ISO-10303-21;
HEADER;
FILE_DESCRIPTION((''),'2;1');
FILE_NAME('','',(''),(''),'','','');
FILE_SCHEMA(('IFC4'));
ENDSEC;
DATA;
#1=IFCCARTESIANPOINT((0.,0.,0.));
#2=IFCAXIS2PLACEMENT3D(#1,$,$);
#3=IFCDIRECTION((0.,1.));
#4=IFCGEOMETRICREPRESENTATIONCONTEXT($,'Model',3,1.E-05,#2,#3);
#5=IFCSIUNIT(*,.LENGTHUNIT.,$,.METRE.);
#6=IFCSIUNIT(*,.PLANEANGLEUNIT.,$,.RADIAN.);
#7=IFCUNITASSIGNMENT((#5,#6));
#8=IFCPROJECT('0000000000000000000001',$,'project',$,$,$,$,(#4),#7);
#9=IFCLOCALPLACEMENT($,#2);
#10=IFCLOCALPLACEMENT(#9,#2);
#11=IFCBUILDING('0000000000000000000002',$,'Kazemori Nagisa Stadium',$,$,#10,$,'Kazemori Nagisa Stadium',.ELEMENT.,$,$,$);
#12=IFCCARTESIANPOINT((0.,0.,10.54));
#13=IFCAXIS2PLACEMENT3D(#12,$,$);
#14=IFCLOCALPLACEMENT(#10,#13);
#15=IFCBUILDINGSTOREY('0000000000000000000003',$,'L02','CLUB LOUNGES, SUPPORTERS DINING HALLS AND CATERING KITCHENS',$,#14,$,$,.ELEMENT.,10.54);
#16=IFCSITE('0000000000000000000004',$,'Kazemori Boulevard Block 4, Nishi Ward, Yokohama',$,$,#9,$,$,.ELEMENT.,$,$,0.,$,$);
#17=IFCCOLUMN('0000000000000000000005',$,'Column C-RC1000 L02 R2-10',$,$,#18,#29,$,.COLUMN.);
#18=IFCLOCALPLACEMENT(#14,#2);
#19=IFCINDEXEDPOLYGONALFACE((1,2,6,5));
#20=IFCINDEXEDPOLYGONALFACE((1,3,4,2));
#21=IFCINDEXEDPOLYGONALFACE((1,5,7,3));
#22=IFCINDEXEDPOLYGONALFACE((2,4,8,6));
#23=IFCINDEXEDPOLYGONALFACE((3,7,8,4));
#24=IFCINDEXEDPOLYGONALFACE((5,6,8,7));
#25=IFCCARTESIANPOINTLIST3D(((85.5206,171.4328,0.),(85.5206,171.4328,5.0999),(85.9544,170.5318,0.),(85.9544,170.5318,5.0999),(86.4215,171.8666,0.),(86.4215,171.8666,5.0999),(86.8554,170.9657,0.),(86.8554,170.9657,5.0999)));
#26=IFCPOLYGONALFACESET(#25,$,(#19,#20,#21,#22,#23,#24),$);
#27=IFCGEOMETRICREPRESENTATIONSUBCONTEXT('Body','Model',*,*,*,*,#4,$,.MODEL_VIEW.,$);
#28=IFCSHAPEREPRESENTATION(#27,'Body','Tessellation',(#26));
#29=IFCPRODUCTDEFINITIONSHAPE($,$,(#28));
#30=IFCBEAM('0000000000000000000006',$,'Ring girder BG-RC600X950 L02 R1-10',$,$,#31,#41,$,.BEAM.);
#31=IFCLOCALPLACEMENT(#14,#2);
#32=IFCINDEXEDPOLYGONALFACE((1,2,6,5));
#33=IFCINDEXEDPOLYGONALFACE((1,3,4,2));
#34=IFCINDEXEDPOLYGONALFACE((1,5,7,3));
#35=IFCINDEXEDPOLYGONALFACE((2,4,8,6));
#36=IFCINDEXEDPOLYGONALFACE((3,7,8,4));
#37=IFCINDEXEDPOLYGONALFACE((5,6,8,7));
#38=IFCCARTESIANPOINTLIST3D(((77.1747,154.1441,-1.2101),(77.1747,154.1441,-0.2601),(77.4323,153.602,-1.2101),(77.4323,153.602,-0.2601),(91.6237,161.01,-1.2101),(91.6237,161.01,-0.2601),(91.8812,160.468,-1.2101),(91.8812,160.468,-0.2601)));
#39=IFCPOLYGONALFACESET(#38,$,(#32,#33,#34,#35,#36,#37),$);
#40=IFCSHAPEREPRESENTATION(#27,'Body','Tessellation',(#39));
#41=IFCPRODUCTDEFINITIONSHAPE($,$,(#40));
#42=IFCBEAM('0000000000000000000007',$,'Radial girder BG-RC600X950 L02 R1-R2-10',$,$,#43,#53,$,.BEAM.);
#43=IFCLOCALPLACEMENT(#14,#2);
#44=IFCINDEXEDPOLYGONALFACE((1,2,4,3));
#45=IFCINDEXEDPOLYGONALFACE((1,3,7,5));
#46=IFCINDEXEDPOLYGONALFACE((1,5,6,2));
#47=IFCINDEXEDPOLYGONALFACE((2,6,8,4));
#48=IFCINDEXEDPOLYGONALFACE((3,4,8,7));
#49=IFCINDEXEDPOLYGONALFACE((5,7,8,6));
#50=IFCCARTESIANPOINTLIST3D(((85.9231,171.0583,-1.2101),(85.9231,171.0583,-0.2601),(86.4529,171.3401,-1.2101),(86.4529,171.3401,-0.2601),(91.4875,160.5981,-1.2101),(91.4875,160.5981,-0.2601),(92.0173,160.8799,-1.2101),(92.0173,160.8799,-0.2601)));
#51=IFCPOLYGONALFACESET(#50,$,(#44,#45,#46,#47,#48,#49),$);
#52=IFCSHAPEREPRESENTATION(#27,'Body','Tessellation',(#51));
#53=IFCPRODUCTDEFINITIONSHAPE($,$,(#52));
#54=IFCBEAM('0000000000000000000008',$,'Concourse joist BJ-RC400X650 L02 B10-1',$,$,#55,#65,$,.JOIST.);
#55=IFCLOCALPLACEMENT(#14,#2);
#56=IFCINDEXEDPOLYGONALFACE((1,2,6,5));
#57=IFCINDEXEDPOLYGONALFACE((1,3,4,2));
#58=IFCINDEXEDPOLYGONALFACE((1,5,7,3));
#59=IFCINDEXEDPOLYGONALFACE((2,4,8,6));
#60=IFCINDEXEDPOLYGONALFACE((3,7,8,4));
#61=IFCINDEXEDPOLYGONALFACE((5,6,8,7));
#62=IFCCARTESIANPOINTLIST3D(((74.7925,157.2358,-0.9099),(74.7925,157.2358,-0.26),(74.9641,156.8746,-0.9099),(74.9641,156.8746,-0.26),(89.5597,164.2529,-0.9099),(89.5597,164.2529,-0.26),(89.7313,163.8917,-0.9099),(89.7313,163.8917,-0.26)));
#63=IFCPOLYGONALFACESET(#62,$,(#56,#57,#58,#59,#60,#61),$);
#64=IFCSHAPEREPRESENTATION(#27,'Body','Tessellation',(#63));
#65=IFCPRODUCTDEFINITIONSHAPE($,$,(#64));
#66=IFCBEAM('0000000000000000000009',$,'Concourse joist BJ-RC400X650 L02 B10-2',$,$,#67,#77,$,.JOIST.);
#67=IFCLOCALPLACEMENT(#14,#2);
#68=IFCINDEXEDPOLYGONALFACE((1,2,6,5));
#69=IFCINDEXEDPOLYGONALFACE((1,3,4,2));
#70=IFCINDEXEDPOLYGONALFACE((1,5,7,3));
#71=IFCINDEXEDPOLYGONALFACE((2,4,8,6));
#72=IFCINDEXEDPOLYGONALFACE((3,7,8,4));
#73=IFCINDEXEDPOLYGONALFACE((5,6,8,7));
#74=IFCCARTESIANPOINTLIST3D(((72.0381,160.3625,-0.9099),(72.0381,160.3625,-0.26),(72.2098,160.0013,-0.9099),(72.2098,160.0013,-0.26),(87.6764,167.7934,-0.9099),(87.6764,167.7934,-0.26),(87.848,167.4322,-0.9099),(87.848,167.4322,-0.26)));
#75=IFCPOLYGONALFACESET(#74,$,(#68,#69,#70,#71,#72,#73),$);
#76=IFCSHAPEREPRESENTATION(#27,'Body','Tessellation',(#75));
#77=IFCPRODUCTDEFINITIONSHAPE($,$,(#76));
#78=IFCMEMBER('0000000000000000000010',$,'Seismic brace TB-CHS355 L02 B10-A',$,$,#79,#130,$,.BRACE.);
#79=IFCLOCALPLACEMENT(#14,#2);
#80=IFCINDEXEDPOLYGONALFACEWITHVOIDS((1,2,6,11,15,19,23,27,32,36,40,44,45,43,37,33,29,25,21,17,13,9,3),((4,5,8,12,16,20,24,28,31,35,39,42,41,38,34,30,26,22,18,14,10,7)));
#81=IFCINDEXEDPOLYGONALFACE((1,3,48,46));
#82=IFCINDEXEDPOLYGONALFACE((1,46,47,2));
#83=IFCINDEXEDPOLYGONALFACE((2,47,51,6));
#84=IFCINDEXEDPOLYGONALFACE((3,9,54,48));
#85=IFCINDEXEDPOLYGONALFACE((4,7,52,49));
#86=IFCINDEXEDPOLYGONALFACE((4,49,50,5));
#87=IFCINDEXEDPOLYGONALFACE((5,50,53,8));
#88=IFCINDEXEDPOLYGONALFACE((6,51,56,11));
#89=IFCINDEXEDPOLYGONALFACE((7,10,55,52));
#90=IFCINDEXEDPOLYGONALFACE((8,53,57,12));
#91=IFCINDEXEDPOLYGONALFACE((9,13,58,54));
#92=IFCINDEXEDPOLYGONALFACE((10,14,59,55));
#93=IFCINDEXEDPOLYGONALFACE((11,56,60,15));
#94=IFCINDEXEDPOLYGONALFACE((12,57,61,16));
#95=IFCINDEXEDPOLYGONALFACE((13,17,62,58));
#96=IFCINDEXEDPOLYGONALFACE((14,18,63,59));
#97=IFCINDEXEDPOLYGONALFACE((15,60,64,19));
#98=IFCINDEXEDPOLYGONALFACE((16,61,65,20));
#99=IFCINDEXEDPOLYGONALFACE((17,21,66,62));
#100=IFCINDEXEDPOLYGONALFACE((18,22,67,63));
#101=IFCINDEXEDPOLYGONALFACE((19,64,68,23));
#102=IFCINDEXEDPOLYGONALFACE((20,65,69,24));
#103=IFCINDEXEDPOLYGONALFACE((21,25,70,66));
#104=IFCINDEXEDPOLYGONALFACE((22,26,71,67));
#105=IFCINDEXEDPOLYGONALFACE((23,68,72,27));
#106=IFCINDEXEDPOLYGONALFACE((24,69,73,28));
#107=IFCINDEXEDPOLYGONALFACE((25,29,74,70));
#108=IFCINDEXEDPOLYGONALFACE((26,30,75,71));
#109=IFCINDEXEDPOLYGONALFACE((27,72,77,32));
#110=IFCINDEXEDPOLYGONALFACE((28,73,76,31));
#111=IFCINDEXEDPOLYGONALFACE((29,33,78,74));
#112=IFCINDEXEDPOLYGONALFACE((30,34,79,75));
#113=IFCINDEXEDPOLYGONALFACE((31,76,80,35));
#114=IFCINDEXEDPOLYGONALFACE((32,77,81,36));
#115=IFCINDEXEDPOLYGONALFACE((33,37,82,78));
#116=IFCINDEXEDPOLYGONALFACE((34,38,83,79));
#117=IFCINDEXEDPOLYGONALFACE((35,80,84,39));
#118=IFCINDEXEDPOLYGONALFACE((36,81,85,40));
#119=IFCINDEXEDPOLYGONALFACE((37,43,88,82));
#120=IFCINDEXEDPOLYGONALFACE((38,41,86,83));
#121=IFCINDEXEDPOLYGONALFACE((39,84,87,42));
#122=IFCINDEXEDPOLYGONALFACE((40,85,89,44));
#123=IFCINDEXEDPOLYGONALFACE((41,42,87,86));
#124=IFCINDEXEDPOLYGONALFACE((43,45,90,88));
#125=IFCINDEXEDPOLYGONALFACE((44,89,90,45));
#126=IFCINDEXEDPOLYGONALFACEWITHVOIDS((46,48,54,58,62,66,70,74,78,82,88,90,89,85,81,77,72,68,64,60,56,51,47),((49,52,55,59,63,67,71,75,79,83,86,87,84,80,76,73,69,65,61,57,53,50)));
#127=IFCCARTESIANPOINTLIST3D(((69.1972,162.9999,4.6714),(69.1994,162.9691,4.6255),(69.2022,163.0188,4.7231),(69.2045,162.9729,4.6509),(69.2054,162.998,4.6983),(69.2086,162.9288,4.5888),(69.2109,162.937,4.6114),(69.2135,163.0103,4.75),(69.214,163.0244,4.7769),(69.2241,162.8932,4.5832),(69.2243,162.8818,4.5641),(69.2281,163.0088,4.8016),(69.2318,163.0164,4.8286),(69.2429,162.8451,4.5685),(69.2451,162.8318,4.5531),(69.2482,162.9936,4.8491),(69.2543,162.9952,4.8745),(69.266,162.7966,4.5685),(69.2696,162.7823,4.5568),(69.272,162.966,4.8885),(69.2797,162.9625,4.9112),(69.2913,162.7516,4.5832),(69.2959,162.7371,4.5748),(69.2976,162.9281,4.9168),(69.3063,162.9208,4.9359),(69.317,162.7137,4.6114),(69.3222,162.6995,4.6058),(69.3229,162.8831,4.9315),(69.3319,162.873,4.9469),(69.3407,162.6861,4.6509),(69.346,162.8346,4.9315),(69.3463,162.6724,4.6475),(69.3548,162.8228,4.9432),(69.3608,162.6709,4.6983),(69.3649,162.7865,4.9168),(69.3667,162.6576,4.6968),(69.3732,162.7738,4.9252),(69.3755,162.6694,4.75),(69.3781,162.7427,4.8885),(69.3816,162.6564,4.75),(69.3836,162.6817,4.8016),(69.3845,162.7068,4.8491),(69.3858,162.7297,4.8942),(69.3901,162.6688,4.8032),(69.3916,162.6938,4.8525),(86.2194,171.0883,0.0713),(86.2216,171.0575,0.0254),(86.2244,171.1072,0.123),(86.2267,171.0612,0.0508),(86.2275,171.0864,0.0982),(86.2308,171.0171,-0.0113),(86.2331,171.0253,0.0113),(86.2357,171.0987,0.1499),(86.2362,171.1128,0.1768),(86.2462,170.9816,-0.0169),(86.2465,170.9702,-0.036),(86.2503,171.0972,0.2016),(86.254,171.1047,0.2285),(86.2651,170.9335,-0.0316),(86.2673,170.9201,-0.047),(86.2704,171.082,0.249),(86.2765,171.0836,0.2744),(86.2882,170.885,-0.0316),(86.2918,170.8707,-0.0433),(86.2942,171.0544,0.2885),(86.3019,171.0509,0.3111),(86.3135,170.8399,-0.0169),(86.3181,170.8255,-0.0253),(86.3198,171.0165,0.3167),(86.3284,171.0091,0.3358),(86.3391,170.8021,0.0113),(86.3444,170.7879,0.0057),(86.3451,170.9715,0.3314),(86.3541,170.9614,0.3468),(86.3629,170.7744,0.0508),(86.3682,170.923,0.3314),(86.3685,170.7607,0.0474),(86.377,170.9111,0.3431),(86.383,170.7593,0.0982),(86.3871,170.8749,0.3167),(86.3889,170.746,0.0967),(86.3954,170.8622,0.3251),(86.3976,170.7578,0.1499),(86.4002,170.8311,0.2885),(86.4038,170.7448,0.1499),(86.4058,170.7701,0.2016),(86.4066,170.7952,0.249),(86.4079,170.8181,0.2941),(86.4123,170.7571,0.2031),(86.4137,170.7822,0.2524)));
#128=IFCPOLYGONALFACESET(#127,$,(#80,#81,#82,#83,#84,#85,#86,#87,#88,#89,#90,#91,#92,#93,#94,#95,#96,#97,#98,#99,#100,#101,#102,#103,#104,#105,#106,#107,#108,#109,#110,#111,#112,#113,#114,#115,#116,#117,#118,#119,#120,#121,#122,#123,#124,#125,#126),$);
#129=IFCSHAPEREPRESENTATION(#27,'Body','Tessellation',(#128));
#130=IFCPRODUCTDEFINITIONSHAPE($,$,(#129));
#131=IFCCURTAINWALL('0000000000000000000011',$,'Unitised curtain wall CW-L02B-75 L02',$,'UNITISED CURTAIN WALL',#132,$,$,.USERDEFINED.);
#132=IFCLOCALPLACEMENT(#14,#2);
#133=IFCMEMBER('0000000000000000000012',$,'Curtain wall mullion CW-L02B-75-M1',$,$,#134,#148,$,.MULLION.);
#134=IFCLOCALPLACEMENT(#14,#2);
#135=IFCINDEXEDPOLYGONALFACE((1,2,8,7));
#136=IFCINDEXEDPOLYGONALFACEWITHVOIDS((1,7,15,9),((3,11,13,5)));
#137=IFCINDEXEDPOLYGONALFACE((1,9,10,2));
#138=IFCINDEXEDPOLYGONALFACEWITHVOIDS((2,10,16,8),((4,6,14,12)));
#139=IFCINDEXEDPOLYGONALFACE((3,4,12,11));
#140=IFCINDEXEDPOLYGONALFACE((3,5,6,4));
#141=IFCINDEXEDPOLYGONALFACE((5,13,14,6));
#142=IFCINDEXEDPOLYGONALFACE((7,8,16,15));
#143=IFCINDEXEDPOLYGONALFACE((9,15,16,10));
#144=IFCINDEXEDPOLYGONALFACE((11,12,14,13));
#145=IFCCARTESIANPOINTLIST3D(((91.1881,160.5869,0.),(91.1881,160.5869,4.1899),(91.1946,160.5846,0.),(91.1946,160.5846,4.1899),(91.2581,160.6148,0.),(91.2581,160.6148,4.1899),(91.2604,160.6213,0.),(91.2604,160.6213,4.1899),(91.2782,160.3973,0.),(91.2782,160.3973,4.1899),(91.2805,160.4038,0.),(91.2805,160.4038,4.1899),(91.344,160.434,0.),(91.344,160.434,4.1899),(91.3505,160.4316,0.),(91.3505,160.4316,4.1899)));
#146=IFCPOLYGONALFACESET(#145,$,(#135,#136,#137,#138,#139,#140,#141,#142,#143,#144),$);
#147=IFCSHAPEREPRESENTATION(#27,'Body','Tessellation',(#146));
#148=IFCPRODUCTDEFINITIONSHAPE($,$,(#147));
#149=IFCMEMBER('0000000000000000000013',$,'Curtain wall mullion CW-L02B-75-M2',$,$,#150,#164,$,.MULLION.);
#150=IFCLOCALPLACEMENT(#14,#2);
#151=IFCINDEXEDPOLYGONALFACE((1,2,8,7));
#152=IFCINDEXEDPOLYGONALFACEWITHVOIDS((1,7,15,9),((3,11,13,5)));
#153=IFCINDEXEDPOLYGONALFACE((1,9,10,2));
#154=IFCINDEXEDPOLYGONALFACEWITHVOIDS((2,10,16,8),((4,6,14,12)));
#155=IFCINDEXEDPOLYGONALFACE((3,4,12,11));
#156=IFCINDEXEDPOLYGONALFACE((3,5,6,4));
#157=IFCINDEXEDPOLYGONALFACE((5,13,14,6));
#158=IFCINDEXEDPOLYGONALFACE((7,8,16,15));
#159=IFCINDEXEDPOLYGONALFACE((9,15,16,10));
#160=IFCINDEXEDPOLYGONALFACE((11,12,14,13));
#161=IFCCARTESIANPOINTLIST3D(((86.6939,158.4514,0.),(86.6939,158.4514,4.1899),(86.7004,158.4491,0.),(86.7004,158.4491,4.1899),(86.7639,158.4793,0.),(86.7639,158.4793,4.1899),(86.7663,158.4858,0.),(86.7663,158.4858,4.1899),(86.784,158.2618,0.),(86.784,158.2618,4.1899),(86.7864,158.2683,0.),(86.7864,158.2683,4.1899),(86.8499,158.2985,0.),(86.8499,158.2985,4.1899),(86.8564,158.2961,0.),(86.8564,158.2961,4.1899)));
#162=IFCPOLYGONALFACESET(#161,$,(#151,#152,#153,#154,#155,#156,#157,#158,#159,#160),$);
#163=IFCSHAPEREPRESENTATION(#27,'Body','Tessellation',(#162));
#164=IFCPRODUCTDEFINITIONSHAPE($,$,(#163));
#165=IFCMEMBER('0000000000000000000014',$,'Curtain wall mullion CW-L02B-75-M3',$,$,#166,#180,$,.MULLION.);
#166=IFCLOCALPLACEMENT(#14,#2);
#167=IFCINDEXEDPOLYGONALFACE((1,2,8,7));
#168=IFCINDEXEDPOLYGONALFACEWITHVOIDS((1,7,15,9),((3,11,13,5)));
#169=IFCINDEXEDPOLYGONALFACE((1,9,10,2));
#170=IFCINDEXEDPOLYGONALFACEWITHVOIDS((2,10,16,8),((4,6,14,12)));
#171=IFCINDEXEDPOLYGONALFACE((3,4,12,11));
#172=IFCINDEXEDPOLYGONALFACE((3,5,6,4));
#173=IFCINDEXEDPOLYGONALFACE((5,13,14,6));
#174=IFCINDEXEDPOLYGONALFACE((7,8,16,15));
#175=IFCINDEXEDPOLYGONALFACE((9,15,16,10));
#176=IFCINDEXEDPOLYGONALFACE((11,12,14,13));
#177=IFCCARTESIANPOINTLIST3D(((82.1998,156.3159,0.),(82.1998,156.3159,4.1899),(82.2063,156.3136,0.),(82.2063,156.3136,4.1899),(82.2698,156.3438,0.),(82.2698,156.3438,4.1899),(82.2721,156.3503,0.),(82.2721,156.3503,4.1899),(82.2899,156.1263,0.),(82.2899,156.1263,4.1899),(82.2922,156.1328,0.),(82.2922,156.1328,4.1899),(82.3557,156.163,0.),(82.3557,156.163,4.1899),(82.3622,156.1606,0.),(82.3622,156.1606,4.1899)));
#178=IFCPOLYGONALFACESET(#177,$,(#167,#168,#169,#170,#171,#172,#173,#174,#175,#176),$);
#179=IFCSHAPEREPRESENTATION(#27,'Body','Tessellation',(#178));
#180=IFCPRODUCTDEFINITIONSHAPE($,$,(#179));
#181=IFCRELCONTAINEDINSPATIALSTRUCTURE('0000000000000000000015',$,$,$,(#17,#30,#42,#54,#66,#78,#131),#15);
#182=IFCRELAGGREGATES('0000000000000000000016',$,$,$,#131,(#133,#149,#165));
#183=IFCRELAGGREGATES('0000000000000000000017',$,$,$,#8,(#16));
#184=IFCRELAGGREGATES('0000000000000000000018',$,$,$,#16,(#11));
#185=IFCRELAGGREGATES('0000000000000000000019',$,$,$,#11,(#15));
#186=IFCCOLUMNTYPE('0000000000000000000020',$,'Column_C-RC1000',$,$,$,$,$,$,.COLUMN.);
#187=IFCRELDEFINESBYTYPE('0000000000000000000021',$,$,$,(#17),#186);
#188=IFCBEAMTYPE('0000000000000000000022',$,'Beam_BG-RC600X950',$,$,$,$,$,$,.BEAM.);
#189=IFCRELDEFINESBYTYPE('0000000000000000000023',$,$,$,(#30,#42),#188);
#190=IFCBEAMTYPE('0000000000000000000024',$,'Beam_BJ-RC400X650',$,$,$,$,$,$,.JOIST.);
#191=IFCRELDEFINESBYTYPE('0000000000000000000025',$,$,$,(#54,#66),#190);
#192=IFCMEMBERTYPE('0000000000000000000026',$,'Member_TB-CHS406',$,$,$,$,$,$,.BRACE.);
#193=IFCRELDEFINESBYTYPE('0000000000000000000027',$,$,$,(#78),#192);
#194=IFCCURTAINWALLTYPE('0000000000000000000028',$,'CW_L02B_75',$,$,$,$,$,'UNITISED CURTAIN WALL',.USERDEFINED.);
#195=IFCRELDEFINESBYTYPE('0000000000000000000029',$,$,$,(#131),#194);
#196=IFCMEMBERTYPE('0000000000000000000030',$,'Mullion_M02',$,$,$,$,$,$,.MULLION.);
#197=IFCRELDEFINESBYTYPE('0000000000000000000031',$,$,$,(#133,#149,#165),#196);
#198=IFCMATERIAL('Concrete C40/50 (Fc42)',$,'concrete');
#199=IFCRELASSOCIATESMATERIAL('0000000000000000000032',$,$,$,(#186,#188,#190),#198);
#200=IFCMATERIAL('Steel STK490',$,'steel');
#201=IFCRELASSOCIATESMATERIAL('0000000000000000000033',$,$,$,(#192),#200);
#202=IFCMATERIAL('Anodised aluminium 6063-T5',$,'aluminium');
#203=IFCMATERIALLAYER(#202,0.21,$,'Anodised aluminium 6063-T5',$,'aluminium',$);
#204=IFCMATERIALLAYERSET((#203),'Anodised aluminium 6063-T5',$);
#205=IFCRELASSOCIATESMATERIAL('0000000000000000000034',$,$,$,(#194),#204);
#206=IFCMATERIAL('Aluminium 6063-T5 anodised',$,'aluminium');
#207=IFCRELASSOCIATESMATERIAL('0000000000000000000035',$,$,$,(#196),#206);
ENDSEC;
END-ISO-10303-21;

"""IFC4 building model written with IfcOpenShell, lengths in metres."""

from ifc_helpers import new_model, si_unit, direction, frame, origin, origin_2d, place, context, subcontext, project, spatial, rectangle, hollow_rectangle, hollow_circle, extrude, material, layer, layer_set, material_profile, profile_set, type_object, element, aggregate, save


model = new_model("IFC4")

# Units and contexts
model_context = context("Model", 3, precision=1e-05, world=origin(), true_north=direction((0.0, 1.0)))
body_context = subcontext(model_context, "Body", "Model", "MODEL_VIEW")
ifc_project = project(units=[si_unit("LENGTHUNIT", "METRE"), si_unit("PLANEANGLEUNIT", "RADIAN")], contexts=[model_context])

# Site, building, storey
site_placement = place(None, origin())
site = spatial("IfcSite", under=ifc_project, at=site_placement, Name="Kazemori Boulevard Block 4, Nishi Ward, Yokohama", CompositionType="ELEMENT", RefElevation=0.0)
building_placement = place(site_placement, origin())
building = spatial("IfcBuilding", under=site, at=building_placement, Name="Kazemori Nagisa Stadium", LongName="Kazemori Nagisa Stadium", CompositionType="ELEMENT")
storey_placement = place(building_placement, frame((0.0, 0.0, 10.54)))
storey = spatial("IfcBuildingStorey", under=building, at=storey_placement, Name="L02", Description="CLUB LOUNGES, SUPPORTERS DINING HALLS AND CATERING KITCHENS", CompositionType="ELEMENT", Elevation=10.54)

# Column
ifc_material_1 = material(Name="Concrete C40/50 (Fc42)", Category="concrete")
ifc_material_profile_1 = material_profile(ifc_material_1, rectangle(XDim=1.0, YDim=1.0, at=origin_2d()), Name="RC-COL-1000x1000")
ifc_profile_set_1 = profile_set([ifc_material_profile_1], Name="Concrete C40/50 (Fc42)")
column_type_1 = type_object("IfcColumnType", Name="Column_C-RC1000", PredefinedType="COLUMN", material=ifc_profile_set_1)
column_1_placement = place(storey_placement, frame((86.188, 171.1992, 0.0), z_axis=(0.0, 0.0, 1.0), x_axis=(-0.433884, 0.900969, 0.0)))
element("IfcColumn", 1, at=column_1_placement, inside=storey, type_object=column_type_1, Name="Column C-RC1000 L02 R2-10", PredefinedType="COLUMN", context=body_context, shape_type="SweptSolid", body=[
    extrude(rectangle(XDim=1.0, YDim=1.0, at=origin_2d()), origin(), (0.0, 0.0, 1.0), 5.0999),
])

# Beams
ifc_material_profile_2 = material_profile(ifc_material_1, rectangle(XDim=0.6001, YDim=0.95, at=origin_2d()), Name="RC-BM-600x950")
ifc_profile_set_2 = profile_set([ifc_material_profile_2], Name="Concrete C40/50 (Fc42)")
beam_type_1 = type_object("IfcBeamType", Name="Beam_BG-RC600X950", PredefinedType="BEAM", material=ifc_profile_set_2)
beam_1_placement = place(storey_placement, frame((91.7524, 160.739, -0.7351), z_axis=(-0.903212, -0.429195, 0.0), x_axis=(0.429195, -0.903212, 0.0)))
element("IfcBeam", 2, at=beam_1_placement, inside=storey, type_object=beam_type_1, Name="Ring girder BG-RC600X950 L02 R1-10", PredefinedType="BEAM", context=body_context, shape_type="SweptSolid", body=[
    extrude(rectangle(XDim=0.6001, YDim=0.95, at=origin_2d()), origin(), (0.0, 0.0, 1.0), 15.9973),
])
beam_2_placement = place(storey_placement, frame((91.7524, 160.739, -0.7351), z_axis=(-0.469647, 0.882854, 0.0), x_axis=(-0.882854, -0.469647, 0.0)))
element("IfcBeam", 3, at=beam_2_placement, inside=storey, type_object=beam_type_1, Name="Radial girder BG-RC600X950 L02 R1-R2-10", PredefinedType="BEAM", context=body_context, shape_type="SweptSolid", body=[
    extrude(rectangle(XDim=0.6001, YDim=0.95, at=origin_2d()), origin(), (0.0, 0.0, 1.0), 11.8481),
])
ifc_material_profile_3 = material_profile(ifc_material_1, rectangle(XDim=0.3999, YDim=0.6499, at=origin_2d()), Name="RC-BM-400x650")
ifc_profile_set_3 = profile_set([ifc_material_profile_3], Name="Concrete C40/50 (Fc42)")
beam_type_2 = type_object("IfcBeamType", Name="Beam_BJ-RC400X650", PredefinedType="JOIST", material=ifc_profile_set_3)
beam_3_placement = place(storey_placement, frame((89.6455, 164.0723, -0.585), z_axis=(-0.903216, -0.429187, 0.0), x_axis=(0.429187, -0.903216, 0.0)))
element("IfcBeam", 4, at=beam_3_placement, inside=storey, type_object=beam_type_2, Name="Concourse joist BJ-RC400X650 L02 B10-1", PredefinedType="JOIST", context=body_context, shape_type="SweptSolid", body=[
    extrude(rectangle(XDim=0.3999, YDim=0.6499, at=origin_2d()), origin(), (0.0, 0.0, 1.0), 16.3496),
])
beam_4_placement = place(storey_placement, frame((87.7622, 167.6128, -0.585), z_axis=(-0.903215, -0.429187, 0.0), x_axis=(0.429187, -0.903215, 0.0)))
element("IfcBeam", 5, at=beam_4_placement, inside=storey, type_object=beam_type_2, Name="Concourse joist BJ-RC400X650 L02 B10-2", PredefinedType="JOIST", context=body_context, shape_type="SweptSolid", body=[
    extrude(rectangle(XDim=0.3999, YDim=0.6499, at=origin_2d()), origin(), (0.0, 0.0, 1.0), 17.314),
])

# Member
ifc_material_2 = material(Name="Steel STK490", Category="steel")
ifc_material_profile_4 = material_profile(ifc_material_2, hollow_circle(Radius=0.2031, WallThickness=0.0144, at=origin_2d()), Name="CHS-406.4x14.3")
ifc_profile_set_4 = profile_set([ifc_material_profile_4], Name="Steel STK490")
member_type_1 = type_object("IfcMemberType", Name="Member_TB-CHS406", PredefinedType="BRACE", material=ifc_profile_set_4)
member_1_placement = place(storey_placement, frame((86.3167, 170.9282, 0.1499), z_axis=(-0.877459, -0.416939, 0.237125), x_axis=(0.429179, -0.903219, 0.0)))
element("IfcMember", 6, at=member_1_placement, inside=storey, type_object=member_type_1, Name="Seismic brace TB-CHS355 L02 B10-A", PredefinedType="BRACE", context=body_context, shape_type="SweptSolid", body=[
    extrude(hollow_circle(Radius=0.2031, WallThickness=0.0144, at=origin_2d()), origin(), (0.0, 0.0, 1.0), 19.3994),
])

# Curtain wall, members
ifc_material_3 = material(Name="Anodised aluminium 6063-T5", Category="aluminium")
ifc_layer_1 = layer(ifc_material_3, 0.21, Name="Anodised aluminium 6063-T5", Category="aluminium")
ifc_layer_set_1 = layer_set([ifc_layer_1], Name="Anodised aluminium 6063-T5")
curtain_wall_type = type_object("IfcCurtainWallType", Name="CW_L02B_75", ElementType="UNITISED CURTAIN WALL", PredefinedType="USERDEFINED", material=ifc_layer_set_1)
curtain_wall_placement = place(storey_placement, origin())
curtain_wall = element("IfcCurtainWall", 7, at=curtain_wall_placement, inside=storey, type_object=curtain_wall_type, Name="Unitised curtain wall CW-L02B-75 L02", ObjectType="UNITISED CURTAIN WALL", PredefinedType="USERDEFINED")
ifc_material_4 = material(Name="Aluminium 6063-T5 anodised", Category="aluminium")
ifc_material_profile_5 = material_profile(ifc_material_4, hollow_rectangle(XDim=0.0801, YDim=0.21, WallThickness=0.0049, at=origin_2d()), Name="ALU-MULL-80x210x5")
ifc_profile_set_5 = profile_set([ifc_material_profile_5], Name="Aluminium 6063-T5 anodised")
member_type_2 = type_object("IfcMemberType", Name="Mullion_M02", PredefinedType="MULLION", material=ifc_profile_set_5)
member_2_placement = place(storey_placement, frame((91.2693, 160.5093, 0.0), z_axis=(0.0, 0.0, 1.0), x_axis=(-0.903216, -0.429186, 0.0)))
member_2 = element("IfcMember", 8, at=member_2_placement, type_object=member_type_2, Name="Curtain wall mullion CW-L02B-75-M1", PredefinedType="MULLION", context=body_context, shape_type="SweptSolid", body=[
    extrude(hollow_rectangle(XDim=0.0801, YDim=0.21, WallThickness=0.0049, at=origin_2d()), origin(), (0.0, 0.0, 1.0), 4.1899),
])
member_3_placement = place(storey_placement, frame((86.7751, 158.3738, 0.0), z_axis=(0.0, 0.0, 1.0), x_axis=(-0.903216, -0.429186, 0.0)))
member_3 = element("IfcMember", 9, at=member_3_placement, type_object=member_type_2, Name="Curtain wall mullion CW-L02B-75-M2", PredefinedType="MULLION", context=body_context, shape_type="SweptSolid", body=[
    extrude(hollow_rectangle(XDim=0.0801, YDim=0.21, WallThickness=0.0049, at=origin_2d()), origin(), (0.0, 0.0, 1.0), 4.1899),
])
member_4_placement = place(storey_placement, frame((82.281, 156.2383, 0.0), z_axis=(0.0, 0.0, 1.0), x_axis=(-0.903216, -0.429186, 0.0)))
member_4 = element("IfcMember", 10, at=member_4_placement, type_object=member_type_2, Name="Curtain wall mullion CW-L02B-75-M3", PredefinedType="MULLION", context=body_context, shape_type="SweptSolid", body=[
    extrude(hollow_rectangle(XDim=0.0801, YDim=0.21, WallThickness=0.0049, at=origin_2d()), origin(), (0.0, 0.0, 1.0), 4.1899),
])
aggregate(curtain_wall, [member_2, member_3, member_4])

save(model, "model.ifc")
